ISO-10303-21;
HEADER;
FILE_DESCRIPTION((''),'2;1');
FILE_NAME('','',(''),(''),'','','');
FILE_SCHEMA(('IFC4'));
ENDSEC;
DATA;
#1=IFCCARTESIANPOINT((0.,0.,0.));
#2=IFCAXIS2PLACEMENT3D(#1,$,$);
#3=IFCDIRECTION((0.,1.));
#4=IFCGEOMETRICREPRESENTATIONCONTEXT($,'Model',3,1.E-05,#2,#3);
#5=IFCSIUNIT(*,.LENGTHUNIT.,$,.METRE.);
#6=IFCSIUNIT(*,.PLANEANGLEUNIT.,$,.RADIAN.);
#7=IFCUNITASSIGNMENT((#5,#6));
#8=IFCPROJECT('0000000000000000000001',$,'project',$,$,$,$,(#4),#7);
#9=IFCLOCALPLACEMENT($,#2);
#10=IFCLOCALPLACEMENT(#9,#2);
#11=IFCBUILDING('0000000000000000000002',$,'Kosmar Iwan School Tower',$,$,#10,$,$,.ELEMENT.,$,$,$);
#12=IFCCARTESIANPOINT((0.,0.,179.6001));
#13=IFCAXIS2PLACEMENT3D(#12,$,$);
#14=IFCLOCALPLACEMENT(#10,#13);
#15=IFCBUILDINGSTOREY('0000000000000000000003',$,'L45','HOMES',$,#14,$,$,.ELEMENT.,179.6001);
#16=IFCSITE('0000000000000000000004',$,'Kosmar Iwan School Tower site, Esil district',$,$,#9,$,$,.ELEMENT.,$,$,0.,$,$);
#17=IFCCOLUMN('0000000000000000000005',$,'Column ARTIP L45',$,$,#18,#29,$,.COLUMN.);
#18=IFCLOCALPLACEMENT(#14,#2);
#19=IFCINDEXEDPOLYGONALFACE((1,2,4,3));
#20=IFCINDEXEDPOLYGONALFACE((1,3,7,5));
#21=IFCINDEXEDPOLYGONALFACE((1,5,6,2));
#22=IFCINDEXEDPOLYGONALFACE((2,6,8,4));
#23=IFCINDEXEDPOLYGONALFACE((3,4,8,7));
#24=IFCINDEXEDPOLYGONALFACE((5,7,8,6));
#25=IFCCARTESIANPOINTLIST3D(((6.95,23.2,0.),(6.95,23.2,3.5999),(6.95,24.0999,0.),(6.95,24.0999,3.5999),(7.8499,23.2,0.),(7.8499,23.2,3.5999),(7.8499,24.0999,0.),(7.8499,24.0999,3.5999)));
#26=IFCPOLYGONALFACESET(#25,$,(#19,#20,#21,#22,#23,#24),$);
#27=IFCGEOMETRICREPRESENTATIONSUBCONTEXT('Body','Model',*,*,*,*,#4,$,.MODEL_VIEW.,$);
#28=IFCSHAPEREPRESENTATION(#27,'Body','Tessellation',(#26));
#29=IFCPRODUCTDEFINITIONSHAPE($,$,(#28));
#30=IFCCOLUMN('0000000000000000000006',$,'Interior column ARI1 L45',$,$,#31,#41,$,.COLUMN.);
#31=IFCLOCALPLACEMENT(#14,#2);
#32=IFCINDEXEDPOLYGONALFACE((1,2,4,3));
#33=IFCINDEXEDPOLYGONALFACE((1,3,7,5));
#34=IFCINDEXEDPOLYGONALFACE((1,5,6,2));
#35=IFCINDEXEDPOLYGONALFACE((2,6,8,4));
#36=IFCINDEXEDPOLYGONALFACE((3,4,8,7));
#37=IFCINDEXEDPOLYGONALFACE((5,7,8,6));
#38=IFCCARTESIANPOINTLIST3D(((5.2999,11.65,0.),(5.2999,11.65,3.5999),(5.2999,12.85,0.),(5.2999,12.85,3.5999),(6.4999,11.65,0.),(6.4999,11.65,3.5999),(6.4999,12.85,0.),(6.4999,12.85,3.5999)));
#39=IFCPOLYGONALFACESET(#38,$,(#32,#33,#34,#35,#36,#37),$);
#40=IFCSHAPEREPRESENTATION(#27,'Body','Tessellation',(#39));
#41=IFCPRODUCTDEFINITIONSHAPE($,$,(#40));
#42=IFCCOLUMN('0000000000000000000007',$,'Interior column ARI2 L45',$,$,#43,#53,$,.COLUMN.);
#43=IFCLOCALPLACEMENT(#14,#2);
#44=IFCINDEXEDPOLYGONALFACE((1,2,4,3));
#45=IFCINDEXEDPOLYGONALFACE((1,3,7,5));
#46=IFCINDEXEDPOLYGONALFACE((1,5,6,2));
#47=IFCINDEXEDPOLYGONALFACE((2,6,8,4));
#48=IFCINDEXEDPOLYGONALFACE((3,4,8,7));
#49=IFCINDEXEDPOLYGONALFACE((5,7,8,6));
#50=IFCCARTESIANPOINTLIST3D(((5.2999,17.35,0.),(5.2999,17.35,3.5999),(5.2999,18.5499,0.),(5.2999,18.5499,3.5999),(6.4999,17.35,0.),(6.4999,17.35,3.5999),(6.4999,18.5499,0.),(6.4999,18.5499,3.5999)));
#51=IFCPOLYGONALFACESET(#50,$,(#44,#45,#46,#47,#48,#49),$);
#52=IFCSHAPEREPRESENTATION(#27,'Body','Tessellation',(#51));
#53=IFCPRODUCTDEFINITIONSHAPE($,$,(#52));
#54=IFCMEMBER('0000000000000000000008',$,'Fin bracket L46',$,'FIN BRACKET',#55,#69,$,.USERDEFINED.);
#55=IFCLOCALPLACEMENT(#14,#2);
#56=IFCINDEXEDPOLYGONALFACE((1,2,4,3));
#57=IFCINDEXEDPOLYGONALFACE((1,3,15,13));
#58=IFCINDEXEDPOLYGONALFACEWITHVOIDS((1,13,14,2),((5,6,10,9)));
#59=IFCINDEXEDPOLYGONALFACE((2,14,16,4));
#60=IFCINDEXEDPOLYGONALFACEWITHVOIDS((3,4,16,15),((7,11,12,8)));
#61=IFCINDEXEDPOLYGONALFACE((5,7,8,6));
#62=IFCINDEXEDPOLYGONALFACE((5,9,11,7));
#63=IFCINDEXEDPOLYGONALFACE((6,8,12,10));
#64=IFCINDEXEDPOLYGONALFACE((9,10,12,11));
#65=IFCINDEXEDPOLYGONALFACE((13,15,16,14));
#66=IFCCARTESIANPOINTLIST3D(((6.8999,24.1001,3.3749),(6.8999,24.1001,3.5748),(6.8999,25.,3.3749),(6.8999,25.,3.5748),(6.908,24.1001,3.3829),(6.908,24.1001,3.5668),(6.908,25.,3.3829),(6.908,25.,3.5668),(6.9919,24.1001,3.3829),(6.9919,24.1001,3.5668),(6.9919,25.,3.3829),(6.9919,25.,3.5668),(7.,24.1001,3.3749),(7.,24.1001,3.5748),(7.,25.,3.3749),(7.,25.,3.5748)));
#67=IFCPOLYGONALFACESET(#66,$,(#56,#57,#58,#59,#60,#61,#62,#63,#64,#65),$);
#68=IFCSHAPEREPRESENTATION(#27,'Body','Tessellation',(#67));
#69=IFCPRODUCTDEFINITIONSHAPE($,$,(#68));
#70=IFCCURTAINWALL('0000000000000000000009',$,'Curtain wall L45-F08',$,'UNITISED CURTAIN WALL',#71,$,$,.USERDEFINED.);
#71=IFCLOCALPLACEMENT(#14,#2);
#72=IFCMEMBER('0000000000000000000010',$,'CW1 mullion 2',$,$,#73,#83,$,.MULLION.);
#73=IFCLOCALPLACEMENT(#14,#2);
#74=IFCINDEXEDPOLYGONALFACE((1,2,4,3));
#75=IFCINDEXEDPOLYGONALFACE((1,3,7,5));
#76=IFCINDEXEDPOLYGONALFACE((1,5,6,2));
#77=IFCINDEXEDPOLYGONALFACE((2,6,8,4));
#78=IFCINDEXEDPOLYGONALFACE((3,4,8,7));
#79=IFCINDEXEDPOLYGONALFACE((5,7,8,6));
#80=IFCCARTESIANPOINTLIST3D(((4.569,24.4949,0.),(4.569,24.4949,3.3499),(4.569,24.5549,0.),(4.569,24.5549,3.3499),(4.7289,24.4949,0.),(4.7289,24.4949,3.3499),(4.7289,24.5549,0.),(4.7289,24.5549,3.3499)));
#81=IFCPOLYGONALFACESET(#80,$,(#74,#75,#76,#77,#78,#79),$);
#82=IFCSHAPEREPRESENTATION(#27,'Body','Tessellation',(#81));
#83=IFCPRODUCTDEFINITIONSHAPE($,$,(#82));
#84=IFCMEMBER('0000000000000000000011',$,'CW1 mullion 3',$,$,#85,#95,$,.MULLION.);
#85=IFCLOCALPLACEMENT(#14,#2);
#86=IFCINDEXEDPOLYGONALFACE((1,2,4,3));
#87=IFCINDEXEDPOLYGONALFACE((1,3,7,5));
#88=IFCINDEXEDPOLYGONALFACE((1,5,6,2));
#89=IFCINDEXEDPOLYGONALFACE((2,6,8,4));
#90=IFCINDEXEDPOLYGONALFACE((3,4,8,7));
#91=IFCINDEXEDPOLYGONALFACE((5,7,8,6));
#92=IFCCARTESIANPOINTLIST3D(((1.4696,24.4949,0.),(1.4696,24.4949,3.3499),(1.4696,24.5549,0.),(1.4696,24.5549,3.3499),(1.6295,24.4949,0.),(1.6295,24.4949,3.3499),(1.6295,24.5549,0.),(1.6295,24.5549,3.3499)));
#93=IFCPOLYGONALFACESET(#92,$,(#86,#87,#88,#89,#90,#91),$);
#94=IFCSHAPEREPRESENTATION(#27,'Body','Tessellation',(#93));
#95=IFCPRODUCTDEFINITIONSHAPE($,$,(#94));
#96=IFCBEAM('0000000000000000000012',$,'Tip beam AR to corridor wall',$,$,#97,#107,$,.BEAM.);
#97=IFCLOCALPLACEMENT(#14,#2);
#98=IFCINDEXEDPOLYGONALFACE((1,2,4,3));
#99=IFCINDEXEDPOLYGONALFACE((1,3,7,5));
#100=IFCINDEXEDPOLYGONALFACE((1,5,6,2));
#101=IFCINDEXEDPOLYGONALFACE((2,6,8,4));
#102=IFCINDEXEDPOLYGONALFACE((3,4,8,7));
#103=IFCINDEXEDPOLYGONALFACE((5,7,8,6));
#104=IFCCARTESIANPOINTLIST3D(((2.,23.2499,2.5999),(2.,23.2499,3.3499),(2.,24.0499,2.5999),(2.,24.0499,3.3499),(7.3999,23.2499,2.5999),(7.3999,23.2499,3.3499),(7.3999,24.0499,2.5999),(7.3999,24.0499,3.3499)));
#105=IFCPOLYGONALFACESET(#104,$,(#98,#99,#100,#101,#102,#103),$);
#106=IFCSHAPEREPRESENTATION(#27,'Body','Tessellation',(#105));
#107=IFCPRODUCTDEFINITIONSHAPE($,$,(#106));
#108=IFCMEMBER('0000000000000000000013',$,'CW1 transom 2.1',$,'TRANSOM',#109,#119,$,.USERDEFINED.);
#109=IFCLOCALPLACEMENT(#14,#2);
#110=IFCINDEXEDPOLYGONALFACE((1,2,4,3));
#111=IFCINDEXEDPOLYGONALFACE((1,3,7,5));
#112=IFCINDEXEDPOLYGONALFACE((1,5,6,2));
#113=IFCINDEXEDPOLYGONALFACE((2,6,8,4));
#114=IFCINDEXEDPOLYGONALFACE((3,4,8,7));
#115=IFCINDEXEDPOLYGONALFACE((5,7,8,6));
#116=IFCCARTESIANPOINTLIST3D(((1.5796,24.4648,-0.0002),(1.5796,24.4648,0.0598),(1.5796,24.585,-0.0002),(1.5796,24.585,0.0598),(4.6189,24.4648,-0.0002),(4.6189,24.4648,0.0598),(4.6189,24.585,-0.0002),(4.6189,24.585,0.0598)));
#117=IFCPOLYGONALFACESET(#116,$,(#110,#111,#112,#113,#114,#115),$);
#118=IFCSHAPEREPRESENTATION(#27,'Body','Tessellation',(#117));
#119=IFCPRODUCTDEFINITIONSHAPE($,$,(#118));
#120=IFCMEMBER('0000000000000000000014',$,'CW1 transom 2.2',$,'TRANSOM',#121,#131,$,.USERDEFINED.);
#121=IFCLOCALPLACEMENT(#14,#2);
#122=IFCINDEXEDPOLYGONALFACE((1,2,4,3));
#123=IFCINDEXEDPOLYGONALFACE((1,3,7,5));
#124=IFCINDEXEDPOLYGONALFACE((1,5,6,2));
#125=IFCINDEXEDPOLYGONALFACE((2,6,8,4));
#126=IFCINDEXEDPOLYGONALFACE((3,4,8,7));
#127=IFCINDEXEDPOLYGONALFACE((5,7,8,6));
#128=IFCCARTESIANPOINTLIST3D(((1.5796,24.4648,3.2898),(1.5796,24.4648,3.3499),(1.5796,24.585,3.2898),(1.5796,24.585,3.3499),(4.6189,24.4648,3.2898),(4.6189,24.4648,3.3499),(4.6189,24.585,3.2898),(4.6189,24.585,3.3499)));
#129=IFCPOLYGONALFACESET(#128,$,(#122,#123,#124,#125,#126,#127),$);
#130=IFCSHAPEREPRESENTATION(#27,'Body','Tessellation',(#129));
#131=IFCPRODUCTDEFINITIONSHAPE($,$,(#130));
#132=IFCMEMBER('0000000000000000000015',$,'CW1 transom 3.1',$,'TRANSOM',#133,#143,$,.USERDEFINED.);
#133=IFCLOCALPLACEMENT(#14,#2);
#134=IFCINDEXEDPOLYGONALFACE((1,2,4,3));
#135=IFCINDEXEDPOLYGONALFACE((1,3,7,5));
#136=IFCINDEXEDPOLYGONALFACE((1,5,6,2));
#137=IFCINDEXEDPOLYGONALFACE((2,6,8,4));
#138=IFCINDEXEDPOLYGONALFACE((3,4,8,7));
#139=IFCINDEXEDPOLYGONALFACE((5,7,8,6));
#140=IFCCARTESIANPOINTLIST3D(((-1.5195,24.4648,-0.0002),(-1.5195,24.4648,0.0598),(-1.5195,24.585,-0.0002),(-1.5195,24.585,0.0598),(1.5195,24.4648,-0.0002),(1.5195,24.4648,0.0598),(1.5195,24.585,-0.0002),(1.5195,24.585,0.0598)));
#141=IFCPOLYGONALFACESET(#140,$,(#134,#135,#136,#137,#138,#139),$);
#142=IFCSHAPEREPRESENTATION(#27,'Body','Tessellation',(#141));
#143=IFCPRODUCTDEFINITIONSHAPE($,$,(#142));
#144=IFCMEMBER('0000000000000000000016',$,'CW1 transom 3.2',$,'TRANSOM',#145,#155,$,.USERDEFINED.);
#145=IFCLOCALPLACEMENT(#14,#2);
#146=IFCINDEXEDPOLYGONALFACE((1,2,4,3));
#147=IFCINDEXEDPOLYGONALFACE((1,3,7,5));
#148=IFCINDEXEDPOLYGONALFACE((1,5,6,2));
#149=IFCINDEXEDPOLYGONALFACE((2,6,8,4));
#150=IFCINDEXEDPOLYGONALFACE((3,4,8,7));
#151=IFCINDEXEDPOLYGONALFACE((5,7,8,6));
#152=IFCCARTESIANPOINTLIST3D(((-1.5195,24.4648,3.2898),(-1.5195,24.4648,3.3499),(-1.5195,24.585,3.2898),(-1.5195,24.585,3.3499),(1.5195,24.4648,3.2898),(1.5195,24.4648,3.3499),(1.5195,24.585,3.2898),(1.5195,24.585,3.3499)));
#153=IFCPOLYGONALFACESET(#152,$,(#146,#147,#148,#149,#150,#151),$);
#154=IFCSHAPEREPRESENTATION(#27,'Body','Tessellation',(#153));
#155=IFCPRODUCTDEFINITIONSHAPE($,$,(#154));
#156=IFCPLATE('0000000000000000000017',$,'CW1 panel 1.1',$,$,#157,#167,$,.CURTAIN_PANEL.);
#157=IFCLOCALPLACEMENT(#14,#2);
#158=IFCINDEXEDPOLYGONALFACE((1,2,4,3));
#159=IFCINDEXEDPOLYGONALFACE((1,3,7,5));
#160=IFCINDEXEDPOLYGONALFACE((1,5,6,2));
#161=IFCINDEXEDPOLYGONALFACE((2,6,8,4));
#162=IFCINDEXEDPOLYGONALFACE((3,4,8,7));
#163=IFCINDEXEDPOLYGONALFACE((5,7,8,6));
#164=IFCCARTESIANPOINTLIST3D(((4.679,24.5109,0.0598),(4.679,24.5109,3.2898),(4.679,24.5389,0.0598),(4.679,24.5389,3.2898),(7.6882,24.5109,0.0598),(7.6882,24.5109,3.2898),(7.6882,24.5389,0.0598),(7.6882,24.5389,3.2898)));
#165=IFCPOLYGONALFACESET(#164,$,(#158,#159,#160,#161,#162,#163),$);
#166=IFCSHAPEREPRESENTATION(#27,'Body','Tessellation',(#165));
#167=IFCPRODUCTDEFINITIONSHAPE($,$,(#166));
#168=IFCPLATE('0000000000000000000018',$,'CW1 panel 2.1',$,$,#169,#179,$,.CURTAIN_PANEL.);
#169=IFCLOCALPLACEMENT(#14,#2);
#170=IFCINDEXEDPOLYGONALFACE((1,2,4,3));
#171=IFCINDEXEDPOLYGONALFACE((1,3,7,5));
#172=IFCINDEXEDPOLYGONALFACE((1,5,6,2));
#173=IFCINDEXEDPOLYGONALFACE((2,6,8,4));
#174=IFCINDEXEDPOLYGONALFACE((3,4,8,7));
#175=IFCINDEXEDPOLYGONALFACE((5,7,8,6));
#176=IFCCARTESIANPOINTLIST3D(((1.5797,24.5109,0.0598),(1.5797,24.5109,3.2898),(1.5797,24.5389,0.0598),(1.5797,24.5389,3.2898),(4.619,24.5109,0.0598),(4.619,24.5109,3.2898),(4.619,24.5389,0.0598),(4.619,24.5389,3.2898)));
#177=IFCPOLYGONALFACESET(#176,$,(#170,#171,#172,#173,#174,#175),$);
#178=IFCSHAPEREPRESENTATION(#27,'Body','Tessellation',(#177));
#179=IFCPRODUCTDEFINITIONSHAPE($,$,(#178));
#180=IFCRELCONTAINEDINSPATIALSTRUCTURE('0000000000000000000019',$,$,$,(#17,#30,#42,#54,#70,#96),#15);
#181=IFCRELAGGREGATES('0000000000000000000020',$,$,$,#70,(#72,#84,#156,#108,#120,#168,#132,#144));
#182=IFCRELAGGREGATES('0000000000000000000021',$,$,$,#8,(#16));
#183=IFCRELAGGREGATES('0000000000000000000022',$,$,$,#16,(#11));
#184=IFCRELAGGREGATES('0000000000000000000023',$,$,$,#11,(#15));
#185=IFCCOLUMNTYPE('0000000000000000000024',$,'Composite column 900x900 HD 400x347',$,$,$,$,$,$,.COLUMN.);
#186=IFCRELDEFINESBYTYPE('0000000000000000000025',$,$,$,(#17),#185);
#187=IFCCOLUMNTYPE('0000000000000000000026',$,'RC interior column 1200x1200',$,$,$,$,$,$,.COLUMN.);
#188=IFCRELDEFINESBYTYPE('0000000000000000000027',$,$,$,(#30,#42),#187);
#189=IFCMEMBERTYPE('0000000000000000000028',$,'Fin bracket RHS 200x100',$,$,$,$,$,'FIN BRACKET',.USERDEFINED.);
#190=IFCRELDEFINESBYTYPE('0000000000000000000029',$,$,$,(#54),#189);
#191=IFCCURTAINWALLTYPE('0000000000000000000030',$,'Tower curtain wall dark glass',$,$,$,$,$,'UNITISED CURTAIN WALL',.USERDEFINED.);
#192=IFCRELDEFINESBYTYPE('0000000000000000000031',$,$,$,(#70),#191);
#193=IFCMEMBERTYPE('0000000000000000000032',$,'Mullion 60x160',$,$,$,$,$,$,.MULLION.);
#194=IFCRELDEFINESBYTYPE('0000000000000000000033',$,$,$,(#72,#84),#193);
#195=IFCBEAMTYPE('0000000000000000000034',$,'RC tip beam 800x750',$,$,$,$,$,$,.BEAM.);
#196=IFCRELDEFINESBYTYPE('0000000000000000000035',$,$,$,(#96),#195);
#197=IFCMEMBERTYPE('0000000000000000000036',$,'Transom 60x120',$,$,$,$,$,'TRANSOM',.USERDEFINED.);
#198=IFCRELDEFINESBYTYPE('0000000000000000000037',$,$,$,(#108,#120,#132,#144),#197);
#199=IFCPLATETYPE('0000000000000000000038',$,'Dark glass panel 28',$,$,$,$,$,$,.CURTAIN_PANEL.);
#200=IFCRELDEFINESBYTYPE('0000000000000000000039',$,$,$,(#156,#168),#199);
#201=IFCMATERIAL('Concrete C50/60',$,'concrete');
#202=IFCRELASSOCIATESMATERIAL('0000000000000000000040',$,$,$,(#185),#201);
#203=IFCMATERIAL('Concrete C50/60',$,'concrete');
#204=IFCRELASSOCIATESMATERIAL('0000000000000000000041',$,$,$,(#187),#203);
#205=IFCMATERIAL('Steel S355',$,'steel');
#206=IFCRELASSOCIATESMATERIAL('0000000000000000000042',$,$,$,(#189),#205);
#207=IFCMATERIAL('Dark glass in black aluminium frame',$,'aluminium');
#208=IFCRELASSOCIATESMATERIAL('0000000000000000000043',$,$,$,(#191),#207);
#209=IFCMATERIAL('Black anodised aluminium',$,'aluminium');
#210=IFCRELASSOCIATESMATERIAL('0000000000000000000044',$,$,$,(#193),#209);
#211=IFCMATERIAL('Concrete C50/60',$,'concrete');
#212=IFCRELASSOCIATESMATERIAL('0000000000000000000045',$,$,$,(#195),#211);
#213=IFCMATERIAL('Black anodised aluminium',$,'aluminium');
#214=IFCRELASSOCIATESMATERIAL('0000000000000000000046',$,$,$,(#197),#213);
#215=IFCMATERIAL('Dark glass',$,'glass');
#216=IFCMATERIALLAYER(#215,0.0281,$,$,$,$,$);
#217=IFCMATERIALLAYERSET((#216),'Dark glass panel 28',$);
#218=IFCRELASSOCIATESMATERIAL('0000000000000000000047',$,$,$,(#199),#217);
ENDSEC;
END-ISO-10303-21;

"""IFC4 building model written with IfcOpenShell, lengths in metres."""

from ifc_helpers import new_model, si_unit, direction, frame, origin, origin_2d, place, context, subcontext, project, spatial, rectangle, hollow_rectangle, extrude, material, layer, layer_set, material_profile, profile_set, type_object, element, aggregate, save


model = new_model("IFC4")

# Units and contexts
model_context = context("Model", 3, precision=1e-05, world=origin(), true_north=direction((0.0, 1.0)))
body_context = subcontext(model_context, "Body", "Model", "MODEL_VIEW")
ifc_project = project(units=[si_unit("LENGTHUNIT", "METRE"), si_unit("PLANEANGLEUNIT", "RADIAN")], contexts=[model_context])

# Site, building, storey
site_placement = place(None, origin())
site = spatial("IfcSite", under=ifc_project, at=site_placement, Name="Kosmar Iwan School Tower site, Esil district", CompositionType="ELEMENT", RefElevation=0.0)
building_placement = place(site_placement, origin())
building = spatial("IfcBuilding", under=site, at=building_placement, Name="Kosmar Iwan School Tower", CompositionType="ELEMENT")
storey_placement = place(building_placement, frame((0.0, 0.0, 179.6001)))
storey = spatial("IfcBuildingStorey", under=building, at=storey_placement, Name="L45", Description="HOMES", CompositionType="ELEMENT", Elevation=179.6001)

# Columns
ifc_material_1 = material(Name="Concrete C50/60", Category="concrete")
ifc_material_profile_1 = material_profile(ifc_material_1, rectangle(XDim=0.8999, YDim=0.8999, at=origin_2d()), Name="RC 900x900 + HD 400x347")
ifc_profile_set_1 = profile_set([ifc_material_profile_1], Name="Concrete C50/60")
column_type_1 = type_object("IfcColumnType", Name="Composite column 900x900 HD 400x347", PredefinedType="COLUMN", material=ifc_profile_set_1)
column_placement = place(storey_placement, frame((7.3999, 23.6499, 0.0), z_axis=(0.0, 0.0, 1.0), x_axis=(0.0, 1.0, 0.0)))
element("IfcColumn", 1, at=column_placement, inside=storey, type_object=column_type_1, Name="Column ARTIP L45", PredefinedType="COLUMN", context=body_context, shape_type="SweptSolid", body=[
    extrude(rectangle(XDim=0.8999, YDim=0.8999, at=origin_2d()), origin(), (0.0, 0.0, 1.0), 3.5999),
])
ifc_material_2 = material(Name="Concrete C50/60", Category="concrete")
ifc_material_profile_2 = material_profile(ifc_material_2, rectangle(XDim=1.2, YDim=1.2, at=origin_2d()), Name="RC 1200x1200")
ifc_profile_set_2 = profile_set([ifc_material_profile_2], Name="Concrete C50/60")
column_type_2 = type_object("IfcColumnType", Name="RC interior column 1200x1200", PredefinedType="COLUMN", material=ifc_profile_set_2)
for number, where, z_axis, x_axis, name in (
    (2, (5.8999, 12.25, 0.0), (0.0, 0.0, 1.0), (0.0, 1.0, 0.0), "Interior column ARI1 L45"),
    (3, (5.8999, 17.95, 0.0), (0.0, 0.0, 1.0), (0.0, 1.0, 0.0), "Interior column ARI2 L45"),
):
    element("IfcColumn", number, at=place(storey_placement, frame(where, z_axis=z_axis, x_axis=x_axis)), inside=storey, type_object=column_type_2, Name=name, PredefinedType="COLUMN", context=body_context, shape_type="SweptSolid", body=[
        extrude(rectangle(XDim=1.2, YDim=1.2, at=origin_2d()), origin(), (0.0, 0.0, 1.0), 3.5999),
    ])

# Member
ifc_material_3 = material(Name="Steel S355", Category="steel")
ifc_material_profile_3 = material_profile(ifc_material_3, hollow_rectangle(XDim=0.1001, YDim=0.2, WallThickness=0.0081, at=origin_2d()), Name="RHS 200x100x8")
ifc_profile_set_3 = profile_set([ifc_material_profile_3], Name="Steel S355")
member_type_1 = type_object("IfcMemberType", Name="Fin bracket RHS 200x100", ElementType="FIN BRACKET", PredefinedType="USERDEFINED", material=ifc_profile_set_3)
member_1_placement = place(storey_placement, frame((6.95, 24.1001, 3.4749), z_axis=(0.0, 1.0, 0.0), x_axis=(-1.0, 0.0, 0.0)))
element("IfcMember", 4, at=member_1_placement, inside=storey, type_object=member_type_1, Name="Fin bracket L46", ObjectType="FIN BRACKET", PredefinedType="USERDEFINED", context=body_context, shape_type="SweptSolid", body=[
    extrude(hollow_rectangle(XDim=0.1001, YDim=0.2, WallThickness=0.0081, at=origin_2d()), origin(), (0.0, 0.0, 1.0), 0.8999),
])

# Curtain wall, members
ifc_material_4 = material(Name="Dark glass in black aluminium frame", Category="aluminium")
curtain_wall_type = type_object("IfcCurtainWallType", Name="Tower curtain wall dark glass", ElementType="UNITISED CURTAIN WALL", PredefinedType="USERDEFINED", material=ifc_material_4)
curtain_wall_placement = place(storey_placement, origin())
curtain_wall = element("IfcCurtainWall", 5, at=curtain_wall_placement, inside=storey, type_object=curtain_wall_type, Name="Curtain wall L45-F08", ObjectType="UNITISED CURTAIN WALL", PredefinedType="USERDEFINED")
ifc_material_5 = material(Name="Black anodised aluminium", Category="aluminium")
ifc_material_profile_4 = material_profile(ifc_material_5, rectangle(XDim=0.0601, YDim=0.1599, at=origin_2d()), Name="MULLION 60x160")
ifc_profile_set_4 = profile_set([ifc_material_profile_4], Name="Black anodised aluminium")
member_type_2 = type_object("IfcMemberType", Name="Mullion 60x160", PredefinedType="MULLION", material=ifc_profile_set_4)
member_2_placement = place(storey_placement, frame((4.6489, 24.5249, 0.0), z_axis=(0.0, 0.0, 1.0), x_axis=(0.0, -1.0, 0.0)))
member_2 = element("IfcMember", 6, at=member_2_placement, type_object=member_type_2, Name="CW1 mullion 2", PredefinedType="MULLION", context=body_context, shape_type="SweptSolid", body=[
    extrude(rectangle(XDim=0.0601, YDim=0.1599, at=origin_2d()), origin(), (0.0, 0.0, 1.0), 3.3499),
])
member_3_placement = place(storey_placement, frame((1.5496, 24.5249, 0.0), z_axis=(0.0, 0.0, 1.0), x_axis=(0.0, -1.0, 0.0)))
member_3 = element("IfcMember", 7, at=member_3_placement, type_object=member_type_2, Name="CW1 mullion 3", PredefinedType="MULLION", context=body_context, shape_type="SweptSolid", body=[
    extrude(rectangle(XDim=0.0601, YDim=0.1599, at=origin_2d()), origin(), (0.0, 0.0, 1.0), 3.3499),
])

# Beam
ifc_material_6 = material(Name="Concrete C50/60", Category="concrete")
ifc_material_profile_5 = material_profile(ifc_material_6, rectangle(XDim=0.8, YDim=0.75, at=origin_2d()), Name="RC 800x750")
ifc_profile_set_5 = profile_set([ifc_material_profile_5], Name="Concrete C50/60")
beam_type = type_object("IfcBeamType", Name="RC tip beam 800x750", PredefinedType="BEAM", material=ifc_profile_set_5)
beam_placement = place(storey_placement, frame((7.3999, 23.6499, 2.9749), z_axis=(-1.0, 0.0, 0.0), x_axis=(0.0, -1.0, 0.0)))
element("IfcBeam", 8, at=beam_placement, inside=storey, type_object=beam_type, Name="Tip beam AR to corridor wall", PredefinedType="BEAM", context=body_context, shape_type="SweptSolid", body=[
    extrude(rectangle(XDim=0.8, YDim=0.75, at=origin_2d()), origin(), (0.0, 0.0, 1.0), 5.3999),
])

# Members
ifc_material_7 = material(Name="Black anodised aluminium", Category="aluminium")
ifc_material_profile_6 = material_profile(ifc_material_7, rectangle(XDim=0.1201, YDim=0.0601, at=origin_2d()), Name="TRANSOM 60x120")
ifc_profile_set_6 = profile_set([ifc_material_profile_6], Name="Black anodised aluminium")
member_type_3 = type_object("IfcMemberType", Name="Transom 60x120", ElementType="TRANSOM", PredefinedType="USERDEFINED", material=ifc_profile_set_6)
member_4_placement = place(storey_placement, frame((4.6189, 24.5249, 0.0298), z_axis=(-1.0, 0.0, 0.0), x_axis=(0.0, -1.0, 0.0)))
member_4 = element("IfcMember", 9, at=member_4_placement, type_object=member_type_3, Name="CW1 transom 2.1", ObjectType="TRANSOM", PredefinedType="USERDEFINED", context=body_context, shape_type="SweptSolid", body=[
    extrude(rectangle(XDim=0.1201, YDim=0.0601, at=origin_2d()), origin(), (0.0, 0.0, 1.0), 3.0393),
])
member_5_placement = place(storey_placement, frame((4.6189, 24.5249, 3.3198), z_axis=(-1.0, 0.0, 0.0), x_axis=(0.0, -1.0, 0.0)))
member_5 = element("IfcMember", 10, at=member_5_placement, type_object=member_type_3, Name="CW1 transom 2.2", ObjectType="TRANSOM", PredefinedType="USERDEFINED", context=body_context, shape_type="SweptSolid", body=[
    extrude(rectangle(XDim=0.1201, YDim=0.0601, at=origin_2d()), origin(), (0.0, 0.0, 1.0), 3.0393),
])
member_6_placement = place(storey_placement, frame((1.5195, 24.5249, 0.0298), z_axis=(-1.0, 0.0, 0.0), x_axis=(0.0, -1.0, 0.0)))
member_6 = element("IfcMember", 11, at=member_6_placement, type_object=member_type_3, Name="CW1 transom 3.1", ObjectType="TRANSOM", PredefinedType="USERDEFINED", context=body_context, shape_type="SweptSolid", body=[
    extrude(rectangle(XDim=0.1201, YDim=0.0601, at=origin_2d()), origin(), (0.0, 0.0, 1.0), 3.0391),
])
member_7_placement = place(storey_placement, frame((1.5195, 24.5249, 3.3198), z_axis=(-1.0, 0.0, 0.0), x_axis=(0.0, -1.0, 0.0)))
member_7 = element("IfcMember", 12, at=member_7_placement, type_object=member_type_3, Name="CW1 transom 3.2", ObjectType="TRANSOM", PredefinedType="USERDEFINED", context=body_context, shape_type="SweptSolid", body=[
    extrude(rectangle(XDim=0.1201, YDim=0.0601, at=origin_2d()), origin(), (0.0, 0.0, 1.0), 3.0391),
])

# Plates
ifc_material_8 = material(Name="Dark glass", Category="glass")
ifc_layer_1 = layer(ifc_material_8, 0.0281)
ifc_layer_set_1 = layer_set([ifc_layer_1], Name="Dark glass panel 28")
plate_type = type_object("IfcPlateType", Name="Dark glass panel 28", PredefinedType="CURTAIN_PANEL", material=ifc_layer_set_1)
plate_1_placement = place(storey_placement, frame((6.1836, 24.5249, 0.0598), z_axis=(0.0, 0.0, 1.0), x_axis=(-1.0, 0.0, 0.0)))
plate_1 = element("IfcPlate", 13, at=plate_1_placement, type_object=plate_type, Name="CW1 panel 1.1", PredefinedType="CURTAIN_PANEL", context=body_context, shape_type="SweptSolid", body=[
    extrude(rectangle(XDim=3.0093, YDim=0.0281, at=origin_2d()), origin(), (0.0, 0.0, 1.0), 3.23),
])
plate_2_placement = place(storey_placement, frame((3.0994, 24.5249, 0.0598), z_axis=(0.0, 0.0, 1.0), x_axis=(-1.0, 0.0, 0.0)))
plate_2 = element("IfcPlate", 14, at=plate_2_placement, type_object=plate_type, Name="CW1 panel 2.1", PredefinedType="CURTAIN_PANEL", context=body_context, shape_type="SweptSolid", body=[
    extrude(rectangle(XDim=3.0393, YDim=0.0281, at=origin_2d()), origin(), (0.0, 0.0, 1.0), 3.23),
])
aggregate(curtain_wall, [member_2, member_3, plate_1, member_4, member_5, plate_2, member_6, member_7])

save(model, "model.ifc")
